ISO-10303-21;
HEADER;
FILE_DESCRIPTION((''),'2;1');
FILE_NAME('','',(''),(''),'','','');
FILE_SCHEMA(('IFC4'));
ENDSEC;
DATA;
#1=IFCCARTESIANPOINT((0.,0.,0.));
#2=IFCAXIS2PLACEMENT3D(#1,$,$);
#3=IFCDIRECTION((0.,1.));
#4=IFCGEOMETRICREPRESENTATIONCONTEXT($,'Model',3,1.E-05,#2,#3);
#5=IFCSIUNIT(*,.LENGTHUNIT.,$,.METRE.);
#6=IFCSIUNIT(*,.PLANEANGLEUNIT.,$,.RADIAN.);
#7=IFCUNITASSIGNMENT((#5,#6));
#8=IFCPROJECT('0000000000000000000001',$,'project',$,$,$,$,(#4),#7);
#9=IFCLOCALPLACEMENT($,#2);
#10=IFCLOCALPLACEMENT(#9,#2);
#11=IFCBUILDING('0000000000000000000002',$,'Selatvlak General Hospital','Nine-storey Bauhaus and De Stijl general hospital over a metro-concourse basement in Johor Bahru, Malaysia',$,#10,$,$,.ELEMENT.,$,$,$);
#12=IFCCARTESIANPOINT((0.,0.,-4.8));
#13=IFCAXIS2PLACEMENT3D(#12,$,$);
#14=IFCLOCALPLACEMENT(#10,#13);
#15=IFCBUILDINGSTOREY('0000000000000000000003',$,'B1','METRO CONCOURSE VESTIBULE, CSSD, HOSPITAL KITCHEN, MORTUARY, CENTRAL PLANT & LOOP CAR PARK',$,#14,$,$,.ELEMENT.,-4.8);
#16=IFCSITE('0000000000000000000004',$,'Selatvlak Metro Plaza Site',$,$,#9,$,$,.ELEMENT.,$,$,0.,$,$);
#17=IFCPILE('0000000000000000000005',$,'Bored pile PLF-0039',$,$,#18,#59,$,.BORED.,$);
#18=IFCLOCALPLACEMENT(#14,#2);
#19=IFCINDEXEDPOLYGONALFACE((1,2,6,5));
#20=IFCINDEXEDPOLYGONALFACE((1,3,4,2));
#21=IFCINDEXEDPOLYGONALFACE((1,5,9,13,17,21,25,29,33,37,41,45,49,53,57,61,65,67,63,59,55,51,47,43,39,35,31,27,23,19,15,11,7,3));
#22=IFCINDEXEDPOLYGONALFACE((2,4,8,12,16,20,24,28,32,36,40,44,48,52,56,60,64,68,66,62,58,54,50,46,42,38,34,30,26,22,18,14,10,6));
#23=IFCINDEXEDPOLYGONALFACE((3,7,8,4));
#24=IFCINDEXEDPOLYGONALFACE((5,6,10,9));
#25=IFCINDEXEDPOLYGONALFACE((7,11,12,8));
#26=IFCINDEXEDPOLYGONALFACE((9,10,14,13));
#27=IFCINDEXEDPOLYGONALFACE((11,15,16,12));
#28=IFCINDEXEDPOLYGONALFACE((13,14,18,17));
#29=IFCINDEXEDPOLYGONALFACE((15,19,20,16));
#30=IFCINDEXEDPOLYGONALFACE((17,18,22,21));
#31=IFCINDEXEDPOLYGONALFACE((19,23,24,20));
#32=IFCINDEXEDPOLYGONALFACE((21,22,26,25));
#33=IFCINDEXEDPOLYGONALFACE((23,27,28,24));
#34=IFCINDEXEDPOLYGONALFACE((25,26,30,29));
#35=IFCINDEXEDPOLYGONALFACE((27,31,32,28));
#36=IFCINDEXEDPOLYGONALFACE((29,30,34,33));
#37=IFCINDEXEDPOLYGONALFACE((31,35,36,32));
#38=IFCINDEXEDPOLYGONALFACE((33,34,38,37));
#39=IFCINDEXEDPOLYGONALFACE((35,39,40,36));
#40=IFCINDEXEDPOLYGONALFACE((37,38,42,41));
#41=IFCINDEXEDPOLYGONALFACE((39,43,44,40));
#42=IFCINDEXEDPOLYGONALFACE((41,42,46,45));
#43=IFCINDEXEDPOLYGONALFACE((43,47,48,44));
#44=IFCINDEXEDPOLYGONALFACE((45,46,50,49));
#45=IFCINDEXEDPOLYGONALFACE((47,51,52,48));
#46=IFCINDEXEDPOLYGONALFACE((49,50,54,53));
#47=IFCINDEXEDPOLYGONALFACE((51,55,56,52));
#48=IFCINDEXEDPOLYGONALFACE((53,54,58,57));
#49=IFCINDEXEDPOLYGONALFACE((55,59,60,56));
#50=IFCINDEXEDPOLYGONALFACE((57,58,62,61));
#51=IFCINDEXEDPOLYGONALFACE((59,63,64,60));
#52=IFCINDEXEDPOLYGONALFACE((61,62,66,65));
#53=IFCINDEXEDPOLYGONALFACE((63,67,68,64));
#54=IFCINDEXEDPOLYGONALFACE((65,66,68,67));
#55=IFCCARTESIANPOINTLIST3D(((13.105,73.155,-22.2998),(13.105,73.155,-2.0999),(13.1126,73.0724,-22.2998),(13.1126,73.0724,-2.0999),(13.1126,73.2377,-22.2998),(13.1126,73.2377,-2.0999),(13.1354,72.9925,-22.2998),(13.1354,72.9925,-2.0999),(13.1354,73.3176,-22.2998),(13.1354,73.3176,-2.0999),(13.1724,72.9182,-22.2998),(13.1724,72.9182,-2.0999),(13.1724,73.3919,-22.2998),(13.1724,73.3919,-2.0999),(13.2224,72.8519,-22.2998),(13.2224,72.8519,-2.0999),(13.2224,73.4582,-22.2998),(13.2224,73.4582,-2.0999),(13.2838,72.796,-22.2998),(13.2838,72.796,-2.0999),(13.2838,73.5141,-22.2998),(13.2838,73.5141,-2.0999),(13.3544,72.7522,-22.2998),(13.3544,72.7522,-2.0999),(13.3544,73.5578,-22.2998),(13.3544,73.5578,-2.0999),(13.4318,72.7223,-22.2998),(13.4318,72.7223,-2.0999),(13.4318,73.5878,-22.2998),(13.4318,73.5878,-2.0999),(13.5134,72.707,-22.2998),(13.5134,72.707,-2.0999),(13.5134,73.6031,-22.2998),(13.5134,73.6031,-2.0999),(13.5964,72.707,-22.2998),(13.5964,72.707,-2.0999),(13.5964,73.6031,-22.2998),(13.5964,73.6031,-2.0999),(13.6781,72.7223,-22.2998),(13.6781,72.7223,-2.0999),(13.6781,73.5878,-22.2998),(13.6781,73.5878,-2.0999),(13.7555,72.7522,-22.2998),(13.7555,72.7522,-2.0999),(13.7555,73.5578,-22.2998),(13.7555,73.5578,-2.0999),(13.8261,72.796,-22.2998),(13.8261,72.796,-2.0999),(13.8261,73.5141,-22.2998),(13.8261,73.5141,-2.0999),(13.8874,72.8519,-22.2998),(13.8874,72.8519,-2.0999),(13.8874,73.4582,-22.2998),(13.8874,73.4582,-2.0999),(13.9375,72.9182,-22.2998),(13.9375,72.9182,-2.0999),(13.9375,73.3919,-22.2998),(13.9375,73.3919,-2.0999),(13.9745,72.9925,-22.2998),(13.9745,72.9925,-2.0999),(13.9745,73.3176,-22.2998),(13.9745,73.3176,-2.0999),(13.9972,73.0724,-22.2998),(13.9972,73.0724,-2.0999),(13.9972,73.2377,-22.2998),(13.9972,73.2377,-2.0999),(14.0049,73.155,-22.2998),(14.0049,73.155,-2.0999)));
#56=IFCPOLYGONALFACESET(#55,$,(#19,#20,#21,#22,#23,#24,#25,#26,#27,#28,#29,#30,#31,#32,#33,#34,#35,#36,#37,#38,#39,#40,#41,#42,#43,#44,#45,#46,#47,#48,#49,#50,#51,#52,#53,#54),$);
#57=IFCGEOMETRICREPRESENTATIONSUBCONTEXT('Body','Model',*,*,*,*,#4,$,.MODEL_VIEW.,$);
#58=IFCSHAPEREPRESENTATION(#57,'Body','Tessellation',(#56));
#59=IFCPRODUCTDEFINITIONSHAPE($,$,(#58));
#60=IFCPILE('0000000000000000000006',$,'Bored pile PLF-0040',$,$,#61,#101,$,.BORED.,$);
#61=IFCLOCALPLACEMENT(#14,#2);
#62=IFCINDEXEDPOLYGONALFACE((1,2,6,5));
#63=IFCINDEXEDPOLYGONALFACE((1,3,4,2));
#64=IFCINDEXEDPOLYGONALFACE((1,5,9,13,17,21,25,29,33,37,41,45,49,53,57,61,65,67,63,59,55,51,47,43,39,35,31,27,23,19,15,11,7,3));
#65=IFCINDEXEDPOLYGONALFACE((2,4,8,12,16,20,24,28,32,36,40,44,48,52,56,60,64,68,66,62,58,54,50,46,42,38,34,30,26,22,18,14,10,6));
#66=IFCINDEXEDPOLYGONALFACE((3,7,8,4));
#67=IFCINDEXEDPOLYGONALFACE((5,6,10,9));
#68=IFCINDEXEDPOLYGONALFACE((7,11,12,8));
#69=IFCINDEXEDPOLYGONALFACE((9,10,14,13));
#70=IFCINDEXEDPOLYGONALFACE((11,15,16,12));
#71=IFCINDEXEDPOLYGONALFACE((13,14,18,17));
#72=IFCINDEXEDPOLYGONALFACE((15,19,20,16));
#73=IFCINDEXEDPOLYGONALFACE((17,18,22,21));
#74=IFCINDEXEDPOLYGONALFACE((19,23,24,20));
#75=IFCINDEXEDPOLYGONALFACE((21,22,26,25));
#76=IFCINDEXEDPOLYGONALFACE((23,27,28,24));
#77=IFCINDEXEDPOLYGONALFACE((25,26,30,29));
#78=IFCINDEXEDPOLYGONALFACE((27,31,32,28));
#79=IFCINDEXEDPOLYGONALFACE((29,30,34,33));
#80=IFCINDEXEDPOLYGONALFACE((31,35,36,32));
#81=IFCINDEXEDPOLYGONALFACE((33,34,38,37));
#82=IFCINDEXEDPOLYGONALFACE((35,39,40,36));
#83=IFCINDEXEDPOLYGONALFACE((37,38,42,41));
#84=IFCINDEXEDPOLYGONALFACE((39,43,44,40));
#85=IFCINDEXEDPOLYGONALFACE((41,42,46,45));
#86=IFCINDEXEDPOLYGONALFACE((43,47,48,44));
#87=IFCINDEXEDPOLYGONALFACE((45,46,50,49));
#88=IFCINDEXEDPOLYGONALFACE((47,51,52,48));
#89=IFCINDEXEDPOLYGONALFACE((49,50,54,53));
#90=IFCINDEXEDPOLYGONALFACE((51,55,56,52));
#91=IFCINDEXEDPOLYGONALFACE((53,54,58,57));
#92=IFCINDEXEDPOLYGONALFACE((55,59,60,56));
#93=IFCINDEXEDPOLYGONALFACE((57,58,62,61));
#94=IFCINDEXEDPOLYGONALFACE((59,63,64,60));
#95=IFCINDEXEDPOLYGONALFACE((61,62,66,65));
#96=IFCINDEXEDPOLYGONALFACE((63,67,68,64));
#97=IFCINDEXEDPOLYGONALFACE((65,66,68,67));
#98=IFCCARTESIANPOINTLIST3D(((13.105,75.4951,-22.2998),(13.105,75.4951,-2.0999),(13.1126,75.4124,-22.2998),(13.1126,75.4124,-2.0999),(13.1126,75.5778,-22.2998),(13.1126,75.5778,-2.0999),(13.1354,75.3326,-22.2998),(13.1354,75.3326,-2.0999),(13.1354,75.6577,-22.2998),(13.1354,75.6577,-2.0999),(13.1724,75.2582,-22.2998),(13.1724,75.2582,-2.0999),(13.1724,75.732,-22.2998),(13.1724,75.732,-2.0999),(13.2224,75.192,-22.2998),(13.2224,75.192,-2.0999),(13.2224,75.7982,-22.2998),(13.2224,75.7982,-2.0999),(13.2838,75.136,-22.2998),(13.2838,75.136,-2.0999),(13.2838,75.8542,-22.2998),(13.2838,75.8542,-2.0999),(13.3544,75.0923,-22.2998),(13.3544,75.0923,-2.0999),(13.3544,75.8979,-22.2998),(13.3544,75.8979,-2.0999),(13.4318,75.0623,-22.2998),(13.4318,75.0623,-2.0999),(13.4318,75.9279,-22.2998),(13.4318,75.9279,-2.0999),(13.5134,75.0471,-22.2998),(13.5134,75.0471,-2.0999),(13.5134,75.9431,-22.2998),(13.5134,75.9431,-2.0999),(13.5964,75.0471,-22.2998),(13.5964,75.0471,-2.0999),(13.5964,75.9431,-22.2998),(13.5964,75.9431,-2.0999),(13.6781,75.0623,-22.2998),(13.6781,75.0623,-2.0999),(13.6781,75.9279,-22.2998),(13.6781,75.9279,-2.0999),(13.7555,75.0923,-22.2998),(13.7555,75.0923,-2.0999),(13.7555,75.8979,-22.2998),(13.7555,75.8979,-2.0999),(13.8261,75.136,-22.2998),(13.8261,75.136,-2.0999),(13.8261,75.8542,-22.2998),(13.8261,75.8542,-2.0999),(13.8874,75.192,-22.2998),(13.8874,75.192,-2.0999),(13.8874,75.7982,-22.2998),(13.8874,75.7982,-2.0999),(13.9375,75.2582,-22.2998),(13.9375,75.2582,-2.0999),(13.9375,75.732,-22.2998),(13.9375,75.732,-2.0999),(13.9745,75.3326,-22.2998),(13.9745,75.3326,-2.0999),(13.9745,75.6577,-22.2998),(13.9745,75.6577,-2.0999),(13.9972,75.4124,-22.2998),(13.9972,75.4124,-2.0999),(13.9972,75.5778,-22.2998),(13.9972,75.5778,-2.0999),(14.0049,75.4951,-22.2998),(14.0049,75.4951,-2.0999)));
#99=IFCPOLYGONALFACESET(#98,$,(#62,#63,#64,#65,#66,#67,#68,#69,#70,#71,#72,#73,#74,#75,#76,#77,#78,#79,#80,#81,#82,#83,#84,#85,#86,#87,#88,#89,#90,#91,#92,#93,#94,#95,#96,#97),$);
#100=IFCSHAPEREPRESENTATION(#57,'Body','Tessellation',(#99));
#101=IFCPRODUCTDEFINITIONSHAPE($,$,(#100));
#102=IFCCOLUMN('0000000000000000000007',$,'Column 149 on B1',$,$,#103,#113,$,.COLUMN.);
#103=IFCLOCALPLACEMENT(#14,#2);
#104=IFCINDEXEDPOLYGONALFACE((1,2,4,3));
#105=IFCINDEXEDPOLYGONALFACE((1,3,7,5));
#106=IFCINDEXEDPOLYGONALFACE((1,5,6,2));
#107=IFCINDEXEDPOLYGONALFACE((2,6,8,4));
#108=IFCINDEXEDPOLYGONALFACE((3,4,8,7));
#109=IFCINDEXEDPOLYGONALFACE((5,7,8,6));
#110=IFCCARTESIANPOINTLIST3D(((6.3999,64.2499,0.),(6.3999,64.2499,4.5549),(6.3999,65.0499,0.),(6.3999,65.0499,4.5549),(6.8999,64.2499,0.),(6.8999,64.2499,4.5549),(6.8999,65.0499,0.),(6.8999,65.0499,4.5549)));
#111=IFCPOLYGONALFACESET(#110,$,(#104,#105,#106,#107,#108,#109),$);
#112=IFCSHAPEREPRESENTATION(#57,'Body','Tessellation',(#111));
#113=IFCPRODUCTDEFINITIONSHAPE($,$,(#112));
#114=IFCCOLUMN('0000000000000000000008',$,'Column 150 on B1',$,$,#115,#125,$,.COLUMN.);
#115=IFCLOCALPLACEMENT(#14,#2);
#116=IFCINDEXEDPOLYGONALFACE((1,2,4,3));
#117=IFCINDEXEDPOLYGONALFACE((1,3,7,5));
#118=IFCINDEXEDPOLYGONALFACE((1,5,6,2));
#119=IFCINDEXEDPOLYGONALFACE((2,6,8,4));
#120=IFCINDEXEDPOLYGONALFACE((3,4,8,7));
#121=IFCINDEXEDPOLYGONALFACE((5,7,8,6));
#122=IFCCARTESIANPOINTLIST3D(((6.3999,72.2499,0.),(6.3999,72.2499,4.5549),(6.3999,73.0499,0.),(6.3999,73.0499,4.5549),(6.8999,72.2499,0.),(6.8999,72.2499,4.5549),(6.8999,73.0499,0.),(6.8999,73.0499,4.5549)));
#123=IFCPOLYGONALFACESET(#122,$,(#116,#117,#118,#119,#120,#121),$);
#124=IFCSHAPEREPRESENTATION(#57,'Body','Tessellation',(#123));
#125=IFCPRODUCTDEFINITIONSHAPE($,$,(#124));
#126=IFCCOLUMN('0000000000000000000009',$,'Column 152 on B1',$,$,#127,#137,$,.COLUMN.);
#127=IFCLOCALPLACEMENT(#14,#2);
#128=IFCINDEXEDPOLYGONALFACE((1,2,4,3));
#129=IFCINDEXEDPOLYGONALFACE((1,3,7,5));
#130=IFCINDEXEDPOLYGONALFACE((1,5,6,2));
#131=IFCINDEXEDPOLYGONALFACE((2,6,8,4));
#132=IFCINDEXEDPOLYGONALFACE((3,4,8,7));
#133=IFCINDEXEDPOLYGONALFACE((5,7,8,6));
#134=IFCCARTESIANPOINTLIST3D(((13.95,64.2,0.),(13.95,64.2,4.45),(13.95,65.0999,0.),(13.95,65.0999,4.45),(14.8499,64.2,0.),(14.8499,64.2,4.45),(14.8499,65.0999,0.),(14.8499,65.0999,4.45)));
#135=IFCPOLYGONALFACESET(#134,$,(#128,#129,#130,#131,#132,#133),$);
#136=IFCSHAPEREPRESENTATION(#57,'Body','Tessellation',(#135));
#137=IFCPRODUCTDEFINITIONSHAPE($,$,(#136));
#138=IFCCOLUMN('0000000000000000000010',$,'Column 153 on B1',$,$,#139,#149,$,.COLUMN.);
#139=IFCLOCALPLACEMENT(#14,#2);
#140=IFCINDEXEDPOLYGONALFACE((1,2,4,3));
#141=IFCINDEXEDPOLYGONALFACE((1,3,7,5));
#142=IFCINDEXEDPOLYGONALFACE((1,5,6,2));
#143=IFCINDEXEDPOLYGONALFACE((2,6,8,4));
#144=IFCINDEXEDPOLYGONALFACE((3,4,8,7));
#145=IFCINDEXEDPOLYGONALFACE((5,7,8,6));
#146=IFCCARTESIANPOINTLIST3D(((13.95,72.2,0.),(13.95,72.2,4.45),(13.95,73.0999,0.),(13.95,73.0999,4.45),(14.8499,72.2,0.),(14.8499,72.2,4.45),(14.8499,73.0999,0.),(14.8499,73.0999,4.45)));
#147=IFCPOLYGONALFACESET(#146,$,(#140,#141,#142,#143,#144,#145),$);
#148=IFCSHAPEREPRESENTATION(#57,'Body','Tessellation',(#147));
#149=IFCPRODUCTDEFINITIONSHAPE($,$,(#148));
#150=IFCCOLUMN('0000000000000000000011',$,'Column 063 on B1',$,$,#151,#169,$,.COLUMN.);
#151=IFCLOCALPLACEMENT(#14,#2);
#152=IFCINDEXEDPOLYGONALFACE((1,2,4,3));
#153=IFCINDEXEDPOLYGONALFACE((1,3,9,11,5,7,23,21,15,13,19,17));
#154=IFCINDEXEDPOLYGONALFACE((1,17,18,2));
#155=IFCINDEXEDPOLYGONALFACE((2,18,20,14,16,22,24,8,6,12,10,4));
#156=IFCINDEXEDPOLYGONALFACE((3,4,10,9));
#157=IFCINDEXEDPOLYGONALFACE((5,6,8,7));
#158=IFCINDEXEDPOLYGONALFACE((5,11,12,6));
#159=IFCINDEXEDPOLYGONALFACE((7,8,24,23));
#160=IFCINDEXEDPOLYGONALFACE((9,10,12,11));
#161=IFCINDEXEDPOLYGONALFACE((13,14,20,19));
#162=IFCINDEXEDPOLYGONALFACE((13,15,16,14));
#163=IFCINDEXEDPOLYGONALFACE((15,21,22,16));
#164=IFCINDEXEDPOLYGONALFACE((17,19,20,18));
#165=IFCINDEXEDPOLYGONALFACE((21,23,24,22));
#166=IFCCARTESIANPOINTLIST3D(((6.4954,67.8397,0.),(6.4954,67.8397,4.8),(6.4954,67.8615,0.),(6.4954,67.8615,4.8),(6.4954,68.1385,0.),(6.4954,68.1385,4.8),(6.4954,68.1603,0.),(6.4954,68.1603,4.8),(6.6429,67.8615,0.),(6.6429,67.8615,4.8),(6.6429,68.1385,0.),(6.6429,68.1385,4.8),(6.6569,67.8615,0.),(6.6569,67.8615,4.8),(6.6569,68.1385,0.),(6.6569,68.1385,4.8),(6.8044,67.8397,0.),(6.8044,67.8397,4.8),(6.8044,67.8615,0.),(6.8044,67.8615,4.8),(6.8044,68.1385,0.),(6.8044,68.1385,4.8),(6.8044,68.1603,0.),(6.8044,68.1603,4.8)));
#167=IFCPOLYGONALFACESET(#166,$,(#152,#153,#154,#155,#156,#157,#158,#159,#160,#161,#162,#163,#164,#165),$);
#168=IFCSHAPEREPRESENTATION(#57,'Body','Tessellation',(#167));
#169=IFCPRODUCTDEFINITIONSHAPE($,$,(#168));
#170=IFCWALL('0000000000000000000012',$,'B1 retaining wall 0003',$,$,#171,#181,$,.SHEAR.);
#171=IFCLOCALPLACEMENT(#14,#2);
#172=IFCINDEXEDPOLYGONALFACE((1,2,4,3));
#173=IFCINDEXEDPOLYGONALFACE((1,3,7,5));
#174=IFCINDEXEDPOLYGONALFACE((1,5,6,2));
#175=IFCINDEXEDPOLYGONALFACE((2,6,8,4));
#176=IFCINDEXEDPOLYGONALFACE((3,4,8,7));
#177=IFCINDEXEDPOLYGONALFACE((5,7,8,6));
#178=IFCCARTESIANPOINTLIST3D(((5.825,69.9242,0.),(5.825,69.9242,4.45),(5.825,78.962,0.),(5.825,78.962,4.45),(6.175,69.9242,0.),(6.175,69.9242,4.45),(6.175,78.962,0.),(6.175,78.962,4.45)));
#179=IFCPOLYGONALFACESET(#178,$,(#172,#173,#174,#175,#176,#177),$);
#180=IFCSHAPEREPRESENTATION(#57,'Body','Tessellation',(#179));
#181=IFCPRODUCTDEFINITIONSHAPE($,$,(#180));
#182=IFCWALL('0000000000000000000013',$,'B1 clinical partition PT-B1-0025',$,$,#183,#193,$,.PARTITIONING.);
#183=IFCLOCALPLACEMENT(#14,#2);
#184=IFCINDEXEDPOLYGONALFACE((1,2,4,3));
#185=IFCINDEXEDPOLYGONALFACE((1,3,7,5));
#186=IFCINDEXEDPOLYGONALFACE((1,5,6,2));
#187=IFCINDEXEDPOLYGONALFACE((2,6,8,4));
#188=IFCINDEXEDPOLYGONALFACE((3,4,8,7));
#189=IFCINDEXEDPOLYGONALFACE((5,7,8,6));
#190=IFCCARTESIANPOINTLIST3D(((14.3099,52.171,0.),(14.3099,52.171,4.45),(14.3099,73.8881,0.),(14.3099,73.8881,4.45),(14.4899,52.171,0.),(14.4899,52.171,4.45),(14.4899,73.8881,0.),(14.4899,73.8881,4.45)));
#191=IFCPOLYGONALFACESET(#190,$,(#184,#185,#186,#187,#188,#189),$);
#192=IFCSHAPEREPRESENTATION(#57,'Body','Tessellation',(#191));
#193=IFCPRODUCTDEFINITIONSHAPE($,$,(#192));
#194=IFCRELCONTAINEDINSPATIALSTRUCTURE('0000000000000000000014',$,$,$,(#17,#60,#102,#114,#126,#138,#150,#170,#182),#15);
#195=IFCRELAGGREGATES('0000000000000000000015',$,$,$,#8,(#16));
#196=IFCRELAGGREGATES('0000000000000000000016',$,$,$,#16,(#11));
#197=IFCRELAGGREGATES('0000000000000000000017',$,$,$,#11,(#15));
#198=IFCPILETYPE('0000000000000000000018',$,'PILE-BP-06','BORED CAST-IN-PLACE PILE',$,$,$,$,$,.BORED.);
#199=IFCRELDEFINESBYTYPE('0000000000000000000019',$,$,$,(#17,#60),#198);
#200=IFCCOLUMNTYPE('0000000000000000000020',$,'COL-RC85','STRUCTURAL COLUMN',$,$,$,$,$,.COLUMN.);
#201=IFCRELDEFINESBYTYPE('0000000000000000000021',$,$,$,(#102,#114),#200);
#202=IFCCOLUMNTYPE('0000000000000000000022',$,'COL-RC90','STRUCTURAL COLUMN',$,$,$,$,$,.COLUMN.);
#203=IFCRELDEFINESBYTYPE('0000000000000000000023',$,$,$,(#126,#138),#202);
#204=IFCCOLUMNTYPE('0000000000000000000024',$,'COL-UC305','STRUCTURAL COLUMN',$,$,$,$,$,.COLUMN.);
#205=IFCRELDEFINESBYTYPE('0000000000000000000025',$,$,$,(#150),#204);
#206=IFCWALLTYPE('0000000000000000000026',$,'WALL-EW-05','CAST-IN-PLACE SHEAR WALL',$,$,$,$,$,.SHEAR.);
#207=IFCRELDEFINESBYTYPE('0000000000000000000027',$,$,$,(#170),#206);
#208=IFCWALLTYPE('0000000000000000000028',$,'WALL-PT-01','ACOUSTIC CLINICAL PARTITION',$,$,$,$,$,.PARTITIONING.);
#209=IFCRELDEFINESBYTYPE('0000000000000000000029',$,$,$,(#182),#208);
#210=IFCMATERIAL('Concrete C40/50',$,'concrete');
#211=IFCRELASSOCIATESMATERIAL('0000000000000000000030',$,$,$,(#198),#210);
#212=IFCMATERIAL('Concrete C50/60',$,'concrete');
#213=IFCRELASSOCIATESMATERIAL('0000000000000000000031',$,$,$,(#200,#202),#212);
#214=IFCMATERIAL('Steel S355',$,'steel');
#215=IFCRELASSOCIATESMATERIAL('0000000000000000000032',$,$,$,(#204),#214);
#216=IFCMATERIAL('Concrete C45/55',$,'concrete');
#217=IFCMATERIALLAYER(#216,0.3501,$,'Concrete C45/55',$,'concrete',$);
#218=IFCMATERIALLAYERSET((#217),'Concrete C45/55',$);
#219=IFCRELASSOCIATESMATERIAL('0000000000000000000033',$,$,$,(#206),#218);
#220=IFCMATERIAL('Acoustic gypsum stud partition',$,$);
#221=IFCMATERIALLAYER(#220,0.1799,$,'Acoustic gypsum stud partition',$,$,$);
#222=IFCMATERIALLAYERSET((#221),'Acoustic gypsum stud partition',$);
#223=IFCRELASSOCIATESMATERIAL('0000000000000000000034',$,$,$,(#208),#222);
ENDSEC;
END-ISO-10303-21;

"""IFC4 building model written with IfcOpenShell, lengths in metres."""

from ifc_helpers import new_model, si_unit, direction, frame, frame_2d, origin, origin_2d, place, context, subcontext, project, spatial, rectangle, circle, i_section, extrude, material, layer, layer_set, material_profile, profile_set, type_object, element, save


model = new_model("IFC4")

# Units and contexts
model_context = context("Model", 3, precision=1e-05, world=origin(), true_north=direction((0.0, 1.0)))
body_context = subcontext(model_context, "Body", "Model", "MODEL_VIEW")
ifc_project = project(units=[si_unit("LENGTHUNIT", "METRE"), si_unit("PLANEANGLEUNIT", "RADIAN")], contexts=[model_context])

# Site, building, storey
site_placement = place(None, origin())
site = spatial("IfcSite", under=ifc_project, at=site_placement, Name="Selatvlak Metro Plaza Site", CompositionType="ELEMENT", RefElevation=0.0)
building_placement = place(site_placement, origin())
building = spatial("IfcBuilding", under=site, at=building_placement, Name="Selatvlak General Hospital", Description="Nine-storey Bauhaus and De Stijl general hospital over a metro-concourse basement in Johor Bahru, Malaysia", CompositionType="ELEMENT")
storey_placement = place(building_placement, frame((0.0, 0.0, -4.8)))
storey = spatial("IfcBuildingStorey", under=building, at=storey_placement, Name="B1", Description="METRO CONCOURSE VESTIBULE, CSSD, HOSPITAL KITCHEN, MORTUARY, CENTRAL PLANT & LOOP CAR PARK", CompositionType="ELEMENT", Elevation=-4.8)

# Shared definitions
ifc_material_1 = material(Name="Concrete C40/50", Category="concrete")

# Piles
ifc_material_profile_1 = material_profile(ifc_material_1, circle(Radius=0.45, at=origin_2d()), Name="BORED PILE 900")
ifc_profile_set_1 = profile_set([ifc_material_profile_1], Name="Concrete C40/50")
pile_type_1 = type_object("IfcPileType", Name="PILE-BP-06", Description="BORED CAST-IN-PLACE PILE", PredefinedType="BORED", material=ifc_profile_set_1)
for number, where, z_axis, x_axis, name in (
    (1, (13.5549, 73.155, -2.0999), (0.0, 0.0, -1.0), (1.0, 0.0, 0.0), "Bored pile PLF-0039"),
    (2, (13.5549, 75.4951, -2.0999), (0.0, 0.0, -1.0), (1.0, 0.0, 0.0), "Bored pile PLF-0040"),
):
    element("IfcPile", number, at=place(storey_placement, frame(where, z_axis=z_axis, x_axis=x_axis)), inside=storey, type_object=pile_type_1, Name=name, PredefinedType="BORED", context=body_context, shape_type="SweptSolid", body=[
        extrude(circle(Radius=0.45, at=origin_2d()), origin(), (0.0, 0.0, 1.0), 20.2),
    ])

# Columns
ifc_material_2 = material(Name="Concrete C50/60", Category="concrete")
ifc_material_profile_2 = material_profile(ifc_material_2, rectangle(XDim=0.5, YDim=0.8, at=origin_2d()), Name="RC-COL 800x500")
ifc_profile_set_2 = profile_set([ifc_material_profile_2], Name="Concrete C50/60")
column_type_1 = type_object("IfcColumnType", Name="COL-RC85", Description="STRUCTURAL COLUMN", PredefinedType="COLUMN", material=ifc_profile_set_2)
for number, where, z_axis, x_axis, name in (
    (3, (6.6499, 64.6499, 0.0), (0.0, 0.0, 1.0), (1.0, 0.0, 0.0), "Column 149 on B1"),
    (4, (6.6499, 72.6499, 0.0), (0.0, 0.0, 1.0), (1.0, 0.0, 0.0), "Column 150 on B1"),
):
    element("IfcColumn", number, at=place(storey_placement, frame(where, z_axis=z_axis, x_axis=x_axis)), inside=storey, type_object=column_type_1, Name=name, PredefinedType="COLUMN", context=body_context, shape_type="SweptSolid", body=[
        extrude(rectangle(XDim=0.5, YDim=0.8, at=origin_2d()), origin(), (0.0, 0.0, 1.0), 4.5549),
    ])
ifc_material_profile_3 = material_profile(ifc_material_2, rectangle(XDim=0.8999, YDim=0.8999, at=origin_2d()), Name="RC-COL 900x900")
ifc_profile_set_3 = profile_set([ifc_material_profile_3], Name="Concrete C50/60")
column_type_2 = type_object("IfcColumnType", Name="COL-RC90", Description="STRUCTURAL COLUMN", PredefinedType="COLUMN", material=ifc_profile_set_3)
for number, where, z_axis, x_axis, name in (
    (5, (14.3999, 64.6499, 0.0), (0.0, 0.0, 1.0), (1.0, 0.0, 0.0), "Column 152 on B1"),
    (6, (14.3999, 72.6499, 0.0), (0.0, 0.0, 1.0), (1.0, 0.0, 0.0), "Column 153 on B1"),
):
    element("IfcColumn", number, at=place(storey_placement, frame(where, z_axis=z_axis, x_axis=x_axis)), inside=storey, type_object=column_type_2, Name=name, PredefinedType="COLUMN", context=body_context, shape_type="SweptSolid", body=[
        extrude(rectangle(XDim=0.8999, YDim=0.8999, at=origin_2d()), origin(), (0.0, 0.0, 1.0), 4.45),
    ])
ifc_material_3 = material(Name="Steel S355", Category="steel")
ifc_material_profile_4 = material_profile(ifc_material_3, i_section(OverallWidth=0.3091, OverallDepth=0.3206, WebThickness=0.0139, FlangeThickness=0.0217, at=origin_2d()), Name="UC 305x305x137")
ifc_profile_set_4 = profile_set([ifc_material_profile_4], Name="Steel S355")
column_type_3 = type_object("IfcColumnType", Name="COL-UC305", Description="STRUCTURAL COLUMN", PredefinedType="COLUMN", material=ifc_profile_set_4)
column_placement = place(storey_placement, frame((6.6499, 68.0, 0.0), z_axis=(0.0, 0.0, 1.0), x_axis=(1.0, 0.0, 0.0)))
element("IfcColumn", 7, at=column_placement, inside=storey, type_object=column_type_3, Name="Column 063 on B1", PredefinedType="COLUMN", context=body_context, shape_type="SweptSolid", body=[
    extrude(i_section(OverallWidth=0.3091, OverallDepth=0.3206, WebThickness=0.0139, FlangeThickness=0.0217, at=origin_2d()), origin(), (0.0, 0.0, 1.0), 4.8),
])

# Walls
ifc_material_4 = material(Name="Concrete C45/55", Category="concrete")
ifc_layer_1 = layer(ifc_material_4, 0.3501, Name="Concrete C45/55", Category="concrete")
ifc_layer_set_1 = layer_set([ifc_layer_1], Name="Concrete C45/55")
wall_type_1 = type_object("IfcWallType", Name="WALL-EW-05", Description="CAST-IN-PLACE SHEAR WALL", PredefinedType="SHEAR", material=ifc_layer_set_1)
wall_1_placement = place(storey_placement, frame((6.0, 69.9241, 0.0), z_axis=(0.0, 0.0, 1.0), x_axis=(0.0, 1.0, 0.0)))
element("IfcWall", 8, at=wall_1_placement, inside=storey, type_object=wall_type_1, Name="B1 retaining wall 0003", PredefinedType="SHEAR", context=body_context, shape_type="SweptSolid", body=[
    extrude(rectangle(XDim=9.0378, YDim=0.3501, at=frame_2d((4.519, 0.0))), origin(), (0.0, 0.0, 1.0), 4.45),
])
ifc_material_5 = material(Name="Acoustic gypsum stud partition")
ifc_layer_2 = layer(ifc_material_5, 0.1799, Name="Acoustic gypsum stud partition")
ifc_layer_set_2 = layer_set([ifc_layer_2], Name="Acoustic gypsum stud partition")
wall_type_2 = type_object("IfcWallType", Name="WALL-PT-01", Description="ACOUSTIC CLINICAL PARTITION", PredefinedType="PARTITIONING", material=ifc_layer_set_2)
wall_2_placement = place(storey_placement, frame((14.3999, 73.8879, 0.0), z_axis=(0.0, 0.0, 1.0), x_axis=(0.0, -1.0, 0.0)))
element("IfcWall", 9, at=wall_2_placement, inside=storey, type_object=wall_type_2, Name="B1 clinical partition PT-B1-0025", PredefinedType="PARTITIONING", context=body_context, shape_type="SweptSolid", body=[
    extrude(rectangle(XDim=21.717, YDim=0.1799, at=frame_2d((10.8584, 0.0))), origin(), (0.0, 0.0, 1.0), 4.45),
])

save(model, "model.ifc")
